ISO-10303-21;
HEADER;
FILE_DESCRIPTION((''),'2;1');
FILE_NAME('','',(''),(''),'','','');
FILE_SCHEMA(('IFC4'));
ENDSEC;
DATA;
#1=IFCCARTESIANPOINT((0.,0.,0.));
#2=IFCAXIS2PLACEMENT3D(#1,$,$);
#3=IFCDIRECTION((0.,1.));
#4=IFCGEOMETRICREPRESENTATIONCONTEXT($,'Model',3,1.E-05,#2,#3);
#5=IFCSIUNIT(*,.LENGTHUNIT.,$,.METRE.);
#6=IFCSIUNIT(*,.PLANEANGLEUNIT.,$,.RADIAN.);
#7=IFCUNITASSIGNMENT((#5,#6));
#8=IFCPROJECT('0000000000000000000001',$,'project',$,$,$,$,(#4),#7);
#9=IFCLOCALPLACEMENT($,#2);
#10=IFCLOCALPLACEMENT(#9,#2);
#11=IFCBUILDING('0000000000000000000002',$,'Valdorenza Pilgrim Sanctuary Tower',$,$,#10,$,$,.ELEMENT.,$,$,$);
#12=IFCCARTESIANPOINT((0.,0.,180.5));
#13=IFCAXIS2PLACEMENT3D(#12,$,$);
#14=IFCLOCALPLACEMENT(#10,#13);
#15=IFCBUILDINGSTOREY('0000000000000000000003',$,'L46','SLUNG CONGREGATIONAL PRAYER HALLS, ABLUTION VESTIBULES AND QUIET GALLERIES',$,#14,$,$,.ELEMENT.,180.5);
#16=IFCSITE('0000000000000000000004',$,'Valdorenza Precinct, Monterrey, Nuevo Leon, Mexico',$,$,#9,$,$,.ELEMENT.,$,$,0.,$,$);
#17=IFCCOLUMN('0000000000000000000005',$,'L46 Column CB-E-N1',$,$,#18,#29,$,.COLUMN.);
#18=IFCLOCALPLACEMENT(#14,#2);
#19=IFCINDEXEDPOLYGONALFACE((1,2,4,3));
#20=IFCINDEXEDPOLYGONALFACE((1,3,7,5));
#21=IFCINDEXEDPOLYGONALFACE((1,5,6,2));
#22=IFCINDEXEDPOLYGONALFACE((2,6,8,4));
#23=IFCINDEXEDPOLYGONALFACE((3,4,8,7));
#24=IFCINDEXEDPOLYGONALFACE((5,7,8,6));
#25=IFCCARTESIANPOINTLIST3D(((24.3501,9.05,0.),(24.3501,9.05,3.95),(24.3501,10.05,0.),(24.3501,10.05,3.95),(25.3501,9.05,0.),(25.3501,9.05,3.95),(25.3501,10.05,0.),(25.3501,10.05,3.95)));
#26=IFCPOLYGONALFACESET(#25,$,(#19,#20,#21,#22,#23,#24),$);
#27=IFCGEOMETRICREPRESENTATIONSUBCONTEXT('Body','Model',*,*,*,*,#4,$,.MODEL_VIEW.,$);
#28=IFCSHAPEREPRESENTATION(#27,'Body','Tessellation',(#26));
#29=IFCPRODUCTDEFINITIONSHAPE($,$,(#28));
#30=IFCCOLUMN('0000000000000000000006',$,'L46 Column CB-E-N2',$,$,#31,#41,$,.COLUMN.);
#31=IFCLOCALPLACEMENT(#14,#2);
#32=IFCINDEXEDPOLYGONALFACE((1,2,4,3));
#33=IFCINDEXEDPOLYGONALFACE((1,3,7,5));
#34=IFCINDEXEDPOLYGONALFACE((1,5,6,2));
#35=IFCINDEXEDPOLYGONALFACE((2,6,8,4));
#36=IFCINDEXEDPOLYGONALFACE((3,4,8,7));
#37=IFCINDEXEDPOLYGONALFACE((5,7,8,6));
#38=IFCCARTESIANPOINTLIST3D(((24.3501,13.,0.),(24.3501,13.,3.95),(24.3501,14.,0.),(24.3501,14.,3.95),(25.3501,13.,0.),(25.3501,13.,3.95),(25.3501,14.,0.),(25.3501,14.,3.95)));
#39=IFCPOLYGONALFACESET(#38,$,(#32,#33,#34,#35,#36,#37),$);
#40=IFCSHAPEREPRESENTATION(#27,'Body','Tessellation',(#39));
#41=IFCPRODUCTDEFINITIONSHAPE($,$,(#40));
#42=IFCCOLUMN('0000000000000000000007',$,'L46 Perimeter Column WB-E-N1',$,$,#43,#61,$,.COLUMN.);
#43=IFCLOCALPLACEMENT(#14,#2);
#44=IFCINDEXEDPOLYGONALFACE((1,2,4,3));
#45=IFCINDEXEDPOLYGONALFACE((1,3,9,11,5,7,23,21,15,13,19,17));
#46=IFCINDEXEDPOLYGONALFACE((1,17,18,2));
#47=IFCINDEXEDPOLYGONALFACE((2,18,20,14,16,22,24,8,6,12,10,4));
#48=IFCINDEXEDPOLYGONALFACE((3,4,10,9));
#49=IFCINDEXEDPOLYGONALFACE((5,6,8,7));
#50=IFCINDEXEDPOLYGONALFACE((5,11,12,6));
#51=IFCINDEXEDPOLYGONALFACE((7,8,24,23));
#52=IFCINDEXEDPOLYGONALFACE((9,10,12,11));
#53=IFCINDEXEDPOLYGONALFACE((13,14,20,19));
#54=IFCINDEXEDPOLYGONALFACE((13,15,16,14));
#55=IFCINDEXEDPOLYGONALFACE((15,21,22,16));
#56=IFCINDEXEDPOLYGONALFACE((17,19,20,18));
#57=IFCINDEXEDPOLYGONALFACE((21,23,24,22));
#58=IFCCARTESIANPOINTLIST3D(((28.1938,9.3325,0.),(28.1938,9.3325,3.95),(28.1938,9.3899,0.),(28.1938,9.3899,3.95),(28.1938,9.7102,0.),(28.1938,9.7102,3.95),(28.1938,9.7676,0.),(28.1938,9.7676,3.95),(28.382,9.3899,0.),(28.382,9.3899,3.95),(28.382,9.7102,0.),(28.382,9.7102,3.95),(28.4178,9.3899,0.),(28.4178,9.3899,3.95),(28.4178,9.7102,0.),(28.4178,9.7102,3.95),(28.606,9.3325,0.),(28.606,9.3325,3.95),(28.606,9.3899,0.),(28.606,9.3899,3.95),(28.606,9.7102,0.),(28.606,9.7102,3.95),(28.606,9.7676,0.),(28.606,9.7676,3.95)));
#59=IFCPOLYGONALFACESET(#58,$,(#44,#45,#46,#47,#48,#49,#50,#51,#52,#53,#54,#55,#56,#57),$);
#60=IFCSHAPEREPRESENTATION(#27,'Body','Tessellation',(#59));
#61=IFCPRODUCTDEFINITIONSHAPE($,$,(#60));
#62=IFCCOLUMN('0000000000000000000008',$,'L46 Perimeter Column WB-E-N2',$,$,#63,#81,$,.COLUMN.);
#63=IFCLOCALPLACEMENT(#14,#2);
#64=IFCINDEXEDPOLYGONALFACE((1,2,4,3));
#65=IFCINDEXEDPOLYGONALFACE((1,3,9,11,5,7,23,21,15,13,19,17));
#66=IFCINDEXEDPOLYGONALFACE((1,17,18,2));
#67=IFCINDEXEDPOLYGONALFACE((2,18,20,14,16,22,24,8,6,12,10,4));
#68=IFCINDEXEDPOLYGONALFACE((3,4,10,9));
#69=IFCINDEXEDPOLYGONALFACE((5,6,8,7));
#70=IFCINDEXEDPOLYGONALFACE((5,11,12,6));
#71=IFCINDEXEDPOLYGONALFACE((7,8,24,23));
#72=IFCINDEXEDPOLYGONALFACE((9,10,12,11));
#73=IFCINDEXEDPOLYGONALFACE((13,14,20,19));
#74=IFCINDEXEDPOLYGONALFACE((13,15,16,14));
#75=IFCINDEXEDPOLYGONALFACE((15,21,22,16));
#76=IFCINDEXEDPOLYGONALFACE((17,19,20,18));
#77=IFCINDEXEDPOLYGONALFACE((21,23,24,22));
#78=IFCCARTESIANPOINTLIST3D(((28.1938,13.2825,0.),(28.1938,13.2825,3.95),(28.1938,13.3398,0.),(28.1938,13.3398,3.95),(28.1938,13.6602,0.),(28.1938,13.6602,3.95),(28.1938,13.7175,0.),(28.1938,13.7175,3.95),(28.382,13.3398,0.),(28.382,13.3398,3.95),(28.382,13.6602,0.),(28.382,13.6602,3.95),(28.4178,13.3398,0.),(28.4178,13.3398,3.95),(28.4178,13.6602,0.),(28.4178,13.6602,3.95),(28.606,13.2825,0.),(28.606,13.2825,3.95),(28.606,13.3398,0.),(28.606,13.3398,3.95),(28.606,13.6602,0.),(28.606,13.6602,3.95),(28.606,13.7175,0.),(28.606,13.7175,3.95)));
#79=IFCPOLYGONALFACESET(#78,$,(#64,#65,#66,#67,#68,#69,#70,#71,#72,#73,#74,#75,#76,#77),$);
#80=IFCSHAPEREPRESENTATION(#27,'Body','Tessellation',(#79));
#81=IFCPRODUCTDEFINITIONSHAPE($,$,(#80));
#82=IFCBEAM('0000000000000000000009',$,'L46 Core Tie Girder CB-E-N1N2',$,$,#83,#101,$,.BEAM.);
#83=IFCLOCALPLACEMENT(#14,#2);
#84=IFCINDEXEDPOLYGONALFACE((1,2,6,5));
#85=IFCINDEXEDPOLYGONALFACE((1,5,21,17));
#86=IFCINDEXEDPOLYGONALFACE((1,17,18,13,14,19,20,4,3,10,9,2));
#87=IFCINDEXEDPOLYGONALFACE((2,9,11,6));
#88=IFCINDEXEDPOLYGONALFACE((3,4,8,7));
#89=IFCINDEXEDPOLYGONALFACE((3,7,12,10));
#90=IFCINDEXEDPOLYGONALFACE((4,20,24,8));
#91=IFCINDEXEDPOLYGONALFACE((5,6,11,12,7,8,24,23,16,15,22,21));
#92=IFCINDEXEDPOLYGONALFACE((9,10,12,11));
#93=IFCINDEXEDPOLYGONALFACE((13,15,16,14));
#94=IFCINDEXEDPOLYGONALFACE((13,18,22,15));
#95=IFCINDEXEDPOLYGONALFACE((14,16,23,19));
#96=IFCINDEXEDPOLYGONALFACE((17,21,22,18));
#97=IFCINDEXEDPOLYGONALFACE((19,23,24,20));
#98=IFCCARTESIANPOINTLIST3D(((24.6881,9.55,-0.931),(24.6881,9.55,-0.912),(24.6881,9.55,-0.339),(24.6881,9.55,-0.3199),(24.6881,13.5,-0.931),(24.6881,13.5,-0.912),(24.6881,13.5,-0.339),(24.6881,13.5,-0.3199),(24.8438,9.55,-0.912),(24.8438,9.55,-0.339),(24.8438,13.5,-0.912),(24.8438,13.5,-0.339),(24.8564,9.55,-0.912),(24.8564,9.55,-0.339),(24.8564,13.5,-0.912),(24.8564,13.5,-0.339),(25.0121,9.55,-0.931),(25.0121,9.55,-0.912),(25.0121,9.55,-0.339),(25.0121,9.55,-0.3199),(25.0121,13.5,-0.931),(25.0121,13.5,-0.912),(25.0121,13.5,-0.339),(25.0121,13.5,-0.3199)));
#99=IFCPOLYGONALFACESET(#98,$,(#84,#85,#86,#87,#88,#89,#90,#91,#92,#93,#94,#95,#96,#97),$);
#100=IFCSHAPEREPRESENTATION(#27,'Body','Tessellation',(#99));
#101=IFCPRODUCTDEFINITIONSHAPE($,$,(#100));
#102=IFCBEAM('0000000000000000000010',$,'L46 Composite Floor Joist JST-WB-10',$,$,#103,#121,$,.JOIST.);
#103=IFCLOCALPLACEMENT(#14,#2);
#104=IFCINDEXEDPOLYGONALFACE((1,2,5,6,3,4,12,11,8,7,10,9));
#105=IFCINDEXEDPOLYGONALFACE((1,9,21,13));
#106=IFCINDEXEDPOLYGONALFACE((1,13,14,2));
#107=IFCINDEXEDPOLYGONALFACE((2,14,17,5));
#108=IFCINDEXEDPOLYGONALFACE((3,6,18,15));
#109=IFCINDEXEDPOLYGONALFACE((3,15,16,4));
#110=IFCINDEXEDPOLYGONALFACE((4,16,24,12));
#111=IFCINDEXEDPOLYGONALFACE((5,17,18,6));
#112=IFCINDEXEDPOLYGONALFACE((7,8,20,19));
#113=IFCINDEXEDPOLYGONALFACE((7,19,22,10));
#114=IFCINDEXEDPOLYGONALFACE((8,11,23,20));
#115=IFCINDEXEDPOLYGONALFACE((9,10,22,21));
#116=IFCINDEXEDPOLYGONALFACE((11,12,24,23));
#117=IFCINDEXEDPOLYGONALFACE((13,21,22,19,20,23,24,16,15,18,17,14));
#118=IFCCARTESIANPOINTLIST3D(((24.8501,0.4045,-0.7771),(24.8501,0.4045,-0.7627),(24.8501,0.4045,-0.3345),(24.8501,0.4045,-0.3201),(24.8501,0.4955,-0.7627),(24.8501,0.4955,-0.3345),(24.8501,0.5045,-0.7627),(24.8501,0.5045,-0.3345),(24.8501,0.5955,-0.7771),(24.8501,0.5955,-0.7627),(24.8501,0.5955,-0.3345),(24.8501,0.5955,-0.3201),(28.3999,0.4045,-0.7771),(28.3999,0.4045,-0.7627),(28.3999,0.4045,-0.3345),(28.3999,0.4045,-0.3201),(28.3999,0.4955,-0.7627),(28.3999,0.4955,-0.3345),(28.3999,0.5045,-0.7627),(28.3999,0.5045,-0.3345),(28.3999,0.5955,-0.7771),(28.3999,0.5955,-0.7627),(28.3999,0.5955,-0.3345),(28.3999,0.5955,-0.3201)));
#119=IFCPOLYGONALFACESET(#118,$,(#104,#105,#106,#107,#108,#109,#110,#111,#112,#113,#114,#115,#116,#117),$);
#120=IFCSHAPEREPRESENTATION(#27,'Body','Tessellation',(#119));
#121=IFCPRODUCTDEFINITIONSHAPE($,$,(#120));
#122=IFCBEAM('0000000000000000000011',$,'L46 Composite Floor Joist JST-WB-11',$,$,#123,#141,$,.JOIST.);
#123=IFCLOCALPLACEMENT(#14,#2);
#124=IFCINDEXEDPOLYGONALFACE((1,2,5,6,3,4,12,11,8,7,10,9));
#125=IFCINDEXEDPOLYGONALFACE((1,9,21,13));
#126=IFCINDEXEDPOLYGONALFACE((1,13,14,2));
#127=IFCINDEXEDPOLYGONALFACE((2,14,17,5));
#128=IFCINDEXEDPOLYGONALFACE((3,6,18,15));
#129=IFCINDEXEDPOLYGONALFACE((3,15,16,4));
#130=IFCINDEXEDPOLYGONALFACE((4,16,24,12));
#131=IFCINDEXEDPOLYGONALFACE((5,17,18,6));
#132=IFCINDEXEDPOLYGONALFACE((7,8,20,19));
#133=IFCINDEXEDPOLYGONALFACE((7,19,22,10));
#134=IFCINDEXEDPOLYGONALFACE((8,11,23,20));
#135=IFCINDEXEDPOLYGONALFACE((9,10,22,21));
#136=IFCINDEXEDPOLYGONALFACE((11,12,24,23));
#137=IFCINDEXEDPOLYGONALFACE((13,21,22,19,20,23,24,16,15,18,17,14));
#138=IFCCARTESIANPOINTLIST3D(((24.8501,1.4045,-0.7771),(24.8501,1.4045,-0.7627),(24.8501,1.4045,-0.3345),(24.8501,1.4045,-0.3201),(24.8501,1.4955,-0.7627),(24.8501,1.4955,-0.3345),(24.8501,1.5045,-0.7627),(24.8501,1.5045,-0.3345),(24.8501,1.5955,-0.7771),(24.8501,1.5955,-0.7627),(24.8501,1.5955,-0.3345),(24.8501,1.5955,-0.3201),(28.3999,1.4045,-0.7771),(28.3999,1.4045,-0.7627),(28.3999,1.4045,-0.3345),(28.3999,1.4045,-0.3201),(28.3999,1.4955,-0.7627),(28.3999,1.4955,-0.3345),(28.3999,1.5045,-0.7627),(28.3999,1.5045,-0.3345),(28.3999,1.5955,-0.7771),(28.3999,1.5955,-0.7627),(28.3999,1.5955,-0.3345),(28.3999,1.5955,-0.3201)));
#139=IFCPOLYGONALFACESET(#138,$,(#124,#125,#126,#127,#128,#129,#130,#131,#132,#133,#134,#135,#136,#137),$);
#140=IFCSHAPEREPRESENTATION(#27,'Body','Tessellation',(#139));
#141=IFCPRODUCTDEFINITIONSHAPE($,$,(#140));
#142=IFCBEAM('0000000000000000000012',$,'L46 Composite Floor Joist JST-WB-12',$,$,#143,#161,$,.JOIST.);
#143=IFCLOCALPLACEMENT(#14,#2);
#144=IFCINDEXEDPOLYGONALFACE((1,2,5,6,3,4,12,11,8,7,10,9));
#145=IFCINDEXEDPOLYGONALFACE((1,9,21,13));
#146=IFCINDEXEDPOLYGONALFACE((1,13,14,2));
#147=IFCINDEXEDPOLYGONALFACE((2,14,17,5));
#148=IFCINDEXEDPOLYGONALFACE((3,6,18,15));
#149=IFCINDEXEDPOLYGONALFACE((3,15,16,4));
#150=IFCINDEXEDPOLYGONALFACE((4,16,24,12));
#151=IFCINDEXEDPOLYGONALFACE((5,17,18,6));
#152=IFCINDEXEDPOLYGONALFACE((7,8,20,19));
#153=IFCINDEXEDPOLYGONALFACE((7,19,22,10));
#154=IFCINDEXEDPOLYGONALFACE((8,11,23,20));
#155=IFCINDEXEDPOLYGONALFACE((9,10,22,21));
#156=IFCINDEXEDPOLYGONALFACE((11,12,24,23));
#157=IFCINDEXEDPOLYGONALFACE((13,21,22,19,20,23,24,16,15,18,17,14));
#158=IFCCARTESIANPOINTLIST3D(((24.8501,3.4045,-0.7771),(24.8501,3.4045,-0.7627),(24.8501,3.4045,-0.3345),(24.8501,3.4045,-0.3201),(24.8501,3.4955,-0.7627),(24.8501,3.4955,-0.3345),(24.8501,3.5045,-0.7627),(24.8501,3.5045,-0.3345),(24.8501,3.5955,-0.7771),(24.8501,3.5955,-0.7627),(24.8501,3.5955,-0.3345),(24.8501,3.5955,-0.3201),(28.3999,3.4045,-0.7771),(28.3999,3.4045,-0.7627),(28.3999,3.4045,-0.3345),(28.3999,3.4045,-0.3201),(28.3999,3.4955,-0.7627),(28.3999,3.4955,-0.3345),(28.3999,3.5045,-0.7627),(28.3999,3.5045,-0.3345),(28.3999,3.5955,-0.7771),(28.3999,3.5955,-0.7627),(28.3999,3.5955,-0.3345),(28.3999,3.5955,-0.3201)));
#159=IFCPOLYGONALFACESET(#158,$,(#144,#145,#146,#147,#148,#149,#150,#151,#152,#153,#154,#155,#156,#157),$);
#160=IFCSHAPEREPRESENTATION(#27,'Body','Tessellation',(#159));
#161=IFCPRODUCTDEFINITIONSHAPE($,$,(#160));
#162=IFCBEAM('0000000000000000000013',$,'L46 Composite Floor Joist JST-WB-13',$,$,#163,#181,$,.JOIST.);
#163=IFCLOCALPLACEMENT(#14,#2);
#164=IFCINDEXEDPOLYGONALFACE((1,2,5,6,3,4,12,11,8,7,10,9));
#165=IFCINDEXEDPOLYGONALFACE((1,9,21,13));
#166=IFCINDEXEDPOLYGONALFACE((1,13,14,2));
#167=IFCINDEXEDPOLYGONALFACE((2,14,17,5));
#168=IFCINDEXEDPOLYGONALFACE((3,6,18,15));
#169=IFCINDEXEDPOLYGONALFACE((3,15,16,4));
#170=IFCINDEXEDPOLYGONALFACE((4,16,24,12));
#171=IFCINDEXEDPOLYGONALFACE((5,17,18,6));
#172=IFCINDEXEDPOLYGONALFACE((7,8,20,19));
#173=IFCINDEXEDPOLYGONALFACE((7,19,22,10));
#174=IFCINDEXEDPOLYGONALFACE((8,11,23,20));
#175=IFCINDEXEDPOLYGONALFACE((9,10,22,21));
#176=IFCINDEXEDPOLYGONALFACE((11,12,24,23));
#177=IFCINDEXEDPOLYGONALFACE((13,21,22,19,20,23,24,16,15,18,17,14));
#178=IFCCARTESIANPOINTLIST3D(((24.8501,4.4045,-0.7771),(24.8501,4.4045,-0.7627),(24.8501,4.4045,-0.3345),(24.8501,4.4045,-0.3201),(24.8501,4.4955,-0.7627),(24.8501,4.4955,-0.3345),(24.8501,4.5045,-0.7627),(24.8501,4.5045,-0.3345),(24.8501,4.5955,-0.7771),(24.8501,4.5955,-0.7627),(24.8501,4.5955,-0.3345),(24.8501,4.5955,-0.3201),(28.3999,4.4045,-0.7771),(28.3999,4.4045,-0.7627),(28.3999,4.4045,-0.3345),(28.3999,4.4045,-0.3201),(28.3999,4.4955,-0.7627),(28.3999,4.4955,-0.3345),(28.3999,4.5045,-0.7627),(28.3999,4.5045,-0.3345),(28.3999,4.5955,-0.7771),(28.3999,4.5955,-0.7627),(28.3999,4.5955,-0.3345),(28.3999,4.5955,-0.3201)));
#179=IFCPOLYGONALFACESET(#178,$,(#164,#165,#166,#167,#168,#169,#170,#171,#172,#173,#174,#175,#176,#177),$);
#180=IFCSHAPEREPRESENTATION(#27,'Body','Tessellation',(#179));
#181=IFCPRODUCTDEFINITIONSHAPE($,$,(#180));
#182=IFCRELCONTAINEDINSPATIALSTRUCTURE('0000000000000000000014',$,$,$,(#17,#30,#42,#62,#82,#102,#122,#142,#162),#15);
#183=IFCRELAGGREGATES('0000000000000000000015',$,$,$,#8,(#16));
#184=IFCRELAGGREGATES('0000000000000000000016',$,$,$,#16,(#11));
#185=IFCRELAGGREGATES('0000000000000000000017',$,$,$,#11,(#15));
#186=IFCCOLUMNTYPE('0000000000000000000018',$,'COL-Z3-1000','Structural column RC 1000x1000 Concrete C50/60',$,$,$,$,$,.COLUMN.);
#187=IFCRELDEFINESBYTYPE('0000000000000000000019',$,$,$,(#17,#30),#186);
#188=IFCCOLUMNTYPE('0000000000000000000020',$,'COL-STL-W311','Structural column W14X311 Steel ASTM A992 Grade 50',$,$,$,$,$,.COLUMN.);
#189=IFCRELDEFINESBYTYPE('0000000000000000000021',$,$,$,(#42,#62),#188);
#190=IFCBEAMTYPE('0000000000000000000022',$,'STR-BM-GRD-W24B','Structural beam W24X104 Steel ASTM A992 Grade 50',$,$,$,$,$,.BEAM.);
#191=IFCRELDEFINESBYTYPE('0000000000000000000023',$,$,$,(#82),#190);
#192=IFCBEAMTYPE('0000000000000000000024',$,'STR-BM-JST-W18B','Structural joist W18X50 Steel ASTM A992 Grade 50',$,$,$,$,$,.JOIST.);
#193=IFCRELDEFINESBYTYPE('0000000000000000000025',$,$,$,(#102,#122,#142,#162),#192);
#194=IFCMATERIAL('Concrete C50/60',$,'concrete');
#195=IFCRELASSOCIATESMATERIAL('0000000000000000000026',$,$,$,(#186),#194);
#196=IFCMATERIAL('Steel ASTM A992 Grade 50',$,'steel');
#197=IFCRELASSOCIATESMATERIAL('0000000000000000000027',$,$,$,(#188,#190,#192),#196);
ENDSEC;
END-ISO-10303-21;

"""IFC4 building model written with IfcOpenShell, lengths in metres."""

from ifc_helpers import new_model, si_unit, direction, frame, origin, origin_2d, place, context, subcontext, project, spatial, rectangle, i_section, extrude, source, transform, mapped, material, material_profile, profile_set, type_object, element, save


model = new_model("IFC4")

# Units and contexts
model_context = context("Model", 3, precision=1e-05, world=origin(), true_north=direction((0.0, 1.0)))
body_context = subcontext(model_context, "Body", "Model", "MODEL_VIEW")
ifc_project = project(units=[si_unit("LENGTHUNIT", "METRE"), si_unit("PLANEANGLEUNIT", "RADIAN")], contexts=[model_context])

# Site, building, storey
site_placement = place(None, origin())
site = spatial("IfcSite", under=ifc_project, at=site_placement, Name="Valdorenza Precinct, Monterrey, Nuevo Leon, Mexico", CompositionType="ELEMENT", RefElevation=0.0)
building_placement = place(site_placement, origin())
building = spatial("IfcBuilding", under=site, at=building_placement, Name="Valdorenza Pilgrim Sanctuary Tower", CompositionType="ELEMENT")
storey_placement = place(building_placement, frame((0.0, 0.0, 180.5)))
storey = spatial("IfcBuildingStorey", under=building, at=storey_placement, Name="L46", Description="SLUNG CONGREGATIONAL PRAYER HALLS, ABLUTION VESTIBULES AND QUIET GALLERIES", CompositionType="ELEMENT", Elevation=180.5)

# Columns
ifc_material_1 = material(Name="Concrete C50/60", Category="concrete")
ifc_material_profile_1 = material_profile(ifc_material_1, rectangle(XDim=1.0, YDim=1.0, at=origin_2d()), Name="RC 1000x1000")
ifc_profile_set_1 = profile_set([ifc_material_profile_1], Name="Concrete C50/60")
column_type_1 = type_object("IfcColumnType", Name="COL-Z3-1000", Description="Structural column RC 1000x1000 Concrete C50/60", PredefinedType="COLUMN", material=ifc_profile_set_1)
shared_shape_1 = source(origin(), body_context, "Body", "SweptSolid", [
    extrude(rectangle(XDim=1.0, YDim=1.0, at=origin_2d()), origin(), (0.0, 0.0, 1.0), 3.95),
])
for number, where, z_axis, x_axis, name in (
    (1, (24.8501, 9.55, 0.0), (0.0, 0.0, 1.0), (1.0, 0.0, 0.0), "L46 Column CB-E-N1"),
    (2, (24.8501, 13.5, 0.0), (0.0, 0.0, 1.0), (1.0, 0.0, 0.0), "L46 Column CB-E-N2"),
):
    element("IfcColumn", number, at=place(storey_placement, frame(where, z_axis=z_axis, x_axis=x_axis)), inside=storey, type_object=column_type_1, Name=name, PredefinedType="COLUMN", context=body_context, shape_type="MappedRepresentation", body=[
        mapped(shared_shape_1, transform((0.0, 0.0, 0.0), x_axis=(1.0, 0.0, 0.0), y_axis=(0.0, 1.0, 0.0), z_axis=(0.0, 0.0, 1.0), scale=1.0)),
    ])
ifc_material_2 = material(Name="Steel ASTM A992 Grade 50", Category="steel")
ifc_material_profile_2 = material_profile(ifc_material_2, i_section(OverallWidth=0.4121, OverallDepth=0.4351, WebThickness=0.0359, FlangeThickness=0.0574, at=origin_2d()), Name="W14X311")
ifc_profile_set_2 = profile_set([ifc_material_profile_2], Name="Steel ASTM A992 Grade 50")
column_type_2 = type_object("IfcColumnType", Name="COL-STL-W311", Description="Structural column W14X311 Steel ASTM A992 Grade 50", PredefinedType="COLUMN", material=ifc_profile_set_2)
shared_shape_2 = source(origin(), body_context, "Body", "SweptSolid", [
    extrude(i_section(OverallWidth=0.4121, OverallDepth=0.4351, WebThickness=0.0359, FlangeThickness=0.0574, at=origin_2d()), origin(), (0.0, 0.0, 1.0), 3.95),
])
for number, where, z_axis, x_axis, name in (
    (3, (28.3999, 9.55, 0.0), (0.0, 0.0, 1.0), (1.0, 0.0, 0.0), "L46 Perimeter Column WB-E-N1"),
    (4, (28.3999, 13.5, 0.0), (0.0, 0.0, 1.0), (1.0, 0.0, 0.0), "L46 Perimeter Column WB-E-N2"),
):
    element("IfcColumn", number, at=place(storey_placement, frame(where, z_axis=z_axis, x_axis=x_axis)), inside=storey, type_object=column_type_2, Name=name, PredefinedType="COLUMN", context=body_context, shape_type="MappedRepresentation", body=[
        mapped(shared_shape_2, transform((0.0, 0.0, 0.0), x_axis=(1.0, 0.0, 0.0), y_axis=(0.0, 1.0, 0.0), z_axis=(0.0, 0.0, 1.0), scale=1.0)),
    ])

# Beams
ifc_material_profile_3 = material_profile(ifc_material_2, i_section(OverallWidth=0.324, OverallDepth=0.6111, WebThickness=0.0127, FlangeThickness=0.019, at=origin_2d()), Name="W24X104")
ifc_profile_set_3 = profile_set([ifc_material_profile_3], Name="Steel ASTM A992 Grade 50")
beam_type_1 = type_object("IfcBeamType", Name="STR-BM-GRD-W24B", Description="Structural beam W24X104 Steel ASTM A992 Grade 50", PredefinedType="BEAM", material=ifc_profile_set_3)
shared_shape_3 = source(origin(), body_context, "Body", "SweptSolid", [
    extrude(i_section(OverallWidth=0.324, OverallDepth=0.6111, WebThickness=0.0127, FlangeThickness=0.019, at=origin_2d()), origin(), (0.0, 0.0, 1.0), 3.95),
])
beam_1_placement = place(storey_placement, frame((24.8501, 9.55, -0.6255), z_axis=(0.0, 1.0, 0.0), x_axis=(-1.0, 0.0, 0.0)))
element("IfcBeam", 5, at=beam_1_placement, inside=storey, type_object=beam_type_1, Name="L46 Core Tie Girder CB-E-N1N2", PredefinedType="BEAM", context=body_context, shape_type="MappedRepresentation", body=[
    mapped(shared_shape_3, transform((0.0, 0.0, 0.0), x_axis=(1.0, 0.0, 0.0), y_axis=(0.0, 1.0, 0.0), z_axis=(0.0, 0.0, 1.0), scale=1.0)),
])
ifc_material_profile_4 = material_profile(ifc_material_2, i_section(OverallWidth=0.1909, OverallDepth=0.457, WebThickness=0.009, FlangeThickness=0.0144, at=origin_2d()), Name="W18X50")
ifc_profile_set_4 = profile_set([ifc_material_profile_4], Name="Steel ASTM A992 Grade 50")
beam_type_2 = type_object("IfcBeamType", Name="STR-BM-JST-W18B", Description="Structural joist W18X50 Steel ASTM A992 Grade 50", PredefinedType="JOIST", material=ifc_profile_set_4)
shared_shape_4 = source(origin(), body_context, "Body", "SweptSolid", [
    extrude(i_section(OverallWidth=0.1909, OverallDepth=0.457, WebThickness=0.009, FlangeThickness=0.0144, at=origin_2d()), origin(), (0.0, 0.0, 1.0), 3.5498),
])
for number, where, z_axis, x_axis, name in (
    (6, (24.8501, 0.5, -0.5486), (1.0, 0.0, 0.0), (0.0, 1.0, 0.0), "L46 Composite Floor Joist JST-WB-10"),
    (7, (24.8501, 1.5, -0.5486), (1.0, 0.0, 0.0), (0.0, 1.0, 0.0), "L46 Composite Floor Joist JST-WB-11"),
    (8, (24.8501, 3.5, -0.5486), (1.0, 0.0, 0.0), (0.0, 1.0, 0.0), "L46 Composite Floor Joist JST-WB-12"),
    (9, (24.8501, 4.5, -0.5486), (1.0, 0.0, 0.0), (0.0, 1.0, 0.0), "L46 Composite Floor Joist JST-WB-13"),
):
    element("IfcBeam", number, at=place(storey_placement, frame(where, z_axis=z_axis, x_axis=x_axis)), inside=storey, type_object=beam_type_2, Name=name, PredefinedType="JOIST", context=body_context, shape_type="MappedRepresentation", body=[
        mapped(shared_shape_4, transform((0.0, 0.0, 0.0), x_axis=(1.0, 0.0, 0.0), y_axis=(0.0, 1.0, 0.0), z_axis=(0.0, 0.0, 1.0), scale=1.0)),
    ])

save(model, "model.ifc")
